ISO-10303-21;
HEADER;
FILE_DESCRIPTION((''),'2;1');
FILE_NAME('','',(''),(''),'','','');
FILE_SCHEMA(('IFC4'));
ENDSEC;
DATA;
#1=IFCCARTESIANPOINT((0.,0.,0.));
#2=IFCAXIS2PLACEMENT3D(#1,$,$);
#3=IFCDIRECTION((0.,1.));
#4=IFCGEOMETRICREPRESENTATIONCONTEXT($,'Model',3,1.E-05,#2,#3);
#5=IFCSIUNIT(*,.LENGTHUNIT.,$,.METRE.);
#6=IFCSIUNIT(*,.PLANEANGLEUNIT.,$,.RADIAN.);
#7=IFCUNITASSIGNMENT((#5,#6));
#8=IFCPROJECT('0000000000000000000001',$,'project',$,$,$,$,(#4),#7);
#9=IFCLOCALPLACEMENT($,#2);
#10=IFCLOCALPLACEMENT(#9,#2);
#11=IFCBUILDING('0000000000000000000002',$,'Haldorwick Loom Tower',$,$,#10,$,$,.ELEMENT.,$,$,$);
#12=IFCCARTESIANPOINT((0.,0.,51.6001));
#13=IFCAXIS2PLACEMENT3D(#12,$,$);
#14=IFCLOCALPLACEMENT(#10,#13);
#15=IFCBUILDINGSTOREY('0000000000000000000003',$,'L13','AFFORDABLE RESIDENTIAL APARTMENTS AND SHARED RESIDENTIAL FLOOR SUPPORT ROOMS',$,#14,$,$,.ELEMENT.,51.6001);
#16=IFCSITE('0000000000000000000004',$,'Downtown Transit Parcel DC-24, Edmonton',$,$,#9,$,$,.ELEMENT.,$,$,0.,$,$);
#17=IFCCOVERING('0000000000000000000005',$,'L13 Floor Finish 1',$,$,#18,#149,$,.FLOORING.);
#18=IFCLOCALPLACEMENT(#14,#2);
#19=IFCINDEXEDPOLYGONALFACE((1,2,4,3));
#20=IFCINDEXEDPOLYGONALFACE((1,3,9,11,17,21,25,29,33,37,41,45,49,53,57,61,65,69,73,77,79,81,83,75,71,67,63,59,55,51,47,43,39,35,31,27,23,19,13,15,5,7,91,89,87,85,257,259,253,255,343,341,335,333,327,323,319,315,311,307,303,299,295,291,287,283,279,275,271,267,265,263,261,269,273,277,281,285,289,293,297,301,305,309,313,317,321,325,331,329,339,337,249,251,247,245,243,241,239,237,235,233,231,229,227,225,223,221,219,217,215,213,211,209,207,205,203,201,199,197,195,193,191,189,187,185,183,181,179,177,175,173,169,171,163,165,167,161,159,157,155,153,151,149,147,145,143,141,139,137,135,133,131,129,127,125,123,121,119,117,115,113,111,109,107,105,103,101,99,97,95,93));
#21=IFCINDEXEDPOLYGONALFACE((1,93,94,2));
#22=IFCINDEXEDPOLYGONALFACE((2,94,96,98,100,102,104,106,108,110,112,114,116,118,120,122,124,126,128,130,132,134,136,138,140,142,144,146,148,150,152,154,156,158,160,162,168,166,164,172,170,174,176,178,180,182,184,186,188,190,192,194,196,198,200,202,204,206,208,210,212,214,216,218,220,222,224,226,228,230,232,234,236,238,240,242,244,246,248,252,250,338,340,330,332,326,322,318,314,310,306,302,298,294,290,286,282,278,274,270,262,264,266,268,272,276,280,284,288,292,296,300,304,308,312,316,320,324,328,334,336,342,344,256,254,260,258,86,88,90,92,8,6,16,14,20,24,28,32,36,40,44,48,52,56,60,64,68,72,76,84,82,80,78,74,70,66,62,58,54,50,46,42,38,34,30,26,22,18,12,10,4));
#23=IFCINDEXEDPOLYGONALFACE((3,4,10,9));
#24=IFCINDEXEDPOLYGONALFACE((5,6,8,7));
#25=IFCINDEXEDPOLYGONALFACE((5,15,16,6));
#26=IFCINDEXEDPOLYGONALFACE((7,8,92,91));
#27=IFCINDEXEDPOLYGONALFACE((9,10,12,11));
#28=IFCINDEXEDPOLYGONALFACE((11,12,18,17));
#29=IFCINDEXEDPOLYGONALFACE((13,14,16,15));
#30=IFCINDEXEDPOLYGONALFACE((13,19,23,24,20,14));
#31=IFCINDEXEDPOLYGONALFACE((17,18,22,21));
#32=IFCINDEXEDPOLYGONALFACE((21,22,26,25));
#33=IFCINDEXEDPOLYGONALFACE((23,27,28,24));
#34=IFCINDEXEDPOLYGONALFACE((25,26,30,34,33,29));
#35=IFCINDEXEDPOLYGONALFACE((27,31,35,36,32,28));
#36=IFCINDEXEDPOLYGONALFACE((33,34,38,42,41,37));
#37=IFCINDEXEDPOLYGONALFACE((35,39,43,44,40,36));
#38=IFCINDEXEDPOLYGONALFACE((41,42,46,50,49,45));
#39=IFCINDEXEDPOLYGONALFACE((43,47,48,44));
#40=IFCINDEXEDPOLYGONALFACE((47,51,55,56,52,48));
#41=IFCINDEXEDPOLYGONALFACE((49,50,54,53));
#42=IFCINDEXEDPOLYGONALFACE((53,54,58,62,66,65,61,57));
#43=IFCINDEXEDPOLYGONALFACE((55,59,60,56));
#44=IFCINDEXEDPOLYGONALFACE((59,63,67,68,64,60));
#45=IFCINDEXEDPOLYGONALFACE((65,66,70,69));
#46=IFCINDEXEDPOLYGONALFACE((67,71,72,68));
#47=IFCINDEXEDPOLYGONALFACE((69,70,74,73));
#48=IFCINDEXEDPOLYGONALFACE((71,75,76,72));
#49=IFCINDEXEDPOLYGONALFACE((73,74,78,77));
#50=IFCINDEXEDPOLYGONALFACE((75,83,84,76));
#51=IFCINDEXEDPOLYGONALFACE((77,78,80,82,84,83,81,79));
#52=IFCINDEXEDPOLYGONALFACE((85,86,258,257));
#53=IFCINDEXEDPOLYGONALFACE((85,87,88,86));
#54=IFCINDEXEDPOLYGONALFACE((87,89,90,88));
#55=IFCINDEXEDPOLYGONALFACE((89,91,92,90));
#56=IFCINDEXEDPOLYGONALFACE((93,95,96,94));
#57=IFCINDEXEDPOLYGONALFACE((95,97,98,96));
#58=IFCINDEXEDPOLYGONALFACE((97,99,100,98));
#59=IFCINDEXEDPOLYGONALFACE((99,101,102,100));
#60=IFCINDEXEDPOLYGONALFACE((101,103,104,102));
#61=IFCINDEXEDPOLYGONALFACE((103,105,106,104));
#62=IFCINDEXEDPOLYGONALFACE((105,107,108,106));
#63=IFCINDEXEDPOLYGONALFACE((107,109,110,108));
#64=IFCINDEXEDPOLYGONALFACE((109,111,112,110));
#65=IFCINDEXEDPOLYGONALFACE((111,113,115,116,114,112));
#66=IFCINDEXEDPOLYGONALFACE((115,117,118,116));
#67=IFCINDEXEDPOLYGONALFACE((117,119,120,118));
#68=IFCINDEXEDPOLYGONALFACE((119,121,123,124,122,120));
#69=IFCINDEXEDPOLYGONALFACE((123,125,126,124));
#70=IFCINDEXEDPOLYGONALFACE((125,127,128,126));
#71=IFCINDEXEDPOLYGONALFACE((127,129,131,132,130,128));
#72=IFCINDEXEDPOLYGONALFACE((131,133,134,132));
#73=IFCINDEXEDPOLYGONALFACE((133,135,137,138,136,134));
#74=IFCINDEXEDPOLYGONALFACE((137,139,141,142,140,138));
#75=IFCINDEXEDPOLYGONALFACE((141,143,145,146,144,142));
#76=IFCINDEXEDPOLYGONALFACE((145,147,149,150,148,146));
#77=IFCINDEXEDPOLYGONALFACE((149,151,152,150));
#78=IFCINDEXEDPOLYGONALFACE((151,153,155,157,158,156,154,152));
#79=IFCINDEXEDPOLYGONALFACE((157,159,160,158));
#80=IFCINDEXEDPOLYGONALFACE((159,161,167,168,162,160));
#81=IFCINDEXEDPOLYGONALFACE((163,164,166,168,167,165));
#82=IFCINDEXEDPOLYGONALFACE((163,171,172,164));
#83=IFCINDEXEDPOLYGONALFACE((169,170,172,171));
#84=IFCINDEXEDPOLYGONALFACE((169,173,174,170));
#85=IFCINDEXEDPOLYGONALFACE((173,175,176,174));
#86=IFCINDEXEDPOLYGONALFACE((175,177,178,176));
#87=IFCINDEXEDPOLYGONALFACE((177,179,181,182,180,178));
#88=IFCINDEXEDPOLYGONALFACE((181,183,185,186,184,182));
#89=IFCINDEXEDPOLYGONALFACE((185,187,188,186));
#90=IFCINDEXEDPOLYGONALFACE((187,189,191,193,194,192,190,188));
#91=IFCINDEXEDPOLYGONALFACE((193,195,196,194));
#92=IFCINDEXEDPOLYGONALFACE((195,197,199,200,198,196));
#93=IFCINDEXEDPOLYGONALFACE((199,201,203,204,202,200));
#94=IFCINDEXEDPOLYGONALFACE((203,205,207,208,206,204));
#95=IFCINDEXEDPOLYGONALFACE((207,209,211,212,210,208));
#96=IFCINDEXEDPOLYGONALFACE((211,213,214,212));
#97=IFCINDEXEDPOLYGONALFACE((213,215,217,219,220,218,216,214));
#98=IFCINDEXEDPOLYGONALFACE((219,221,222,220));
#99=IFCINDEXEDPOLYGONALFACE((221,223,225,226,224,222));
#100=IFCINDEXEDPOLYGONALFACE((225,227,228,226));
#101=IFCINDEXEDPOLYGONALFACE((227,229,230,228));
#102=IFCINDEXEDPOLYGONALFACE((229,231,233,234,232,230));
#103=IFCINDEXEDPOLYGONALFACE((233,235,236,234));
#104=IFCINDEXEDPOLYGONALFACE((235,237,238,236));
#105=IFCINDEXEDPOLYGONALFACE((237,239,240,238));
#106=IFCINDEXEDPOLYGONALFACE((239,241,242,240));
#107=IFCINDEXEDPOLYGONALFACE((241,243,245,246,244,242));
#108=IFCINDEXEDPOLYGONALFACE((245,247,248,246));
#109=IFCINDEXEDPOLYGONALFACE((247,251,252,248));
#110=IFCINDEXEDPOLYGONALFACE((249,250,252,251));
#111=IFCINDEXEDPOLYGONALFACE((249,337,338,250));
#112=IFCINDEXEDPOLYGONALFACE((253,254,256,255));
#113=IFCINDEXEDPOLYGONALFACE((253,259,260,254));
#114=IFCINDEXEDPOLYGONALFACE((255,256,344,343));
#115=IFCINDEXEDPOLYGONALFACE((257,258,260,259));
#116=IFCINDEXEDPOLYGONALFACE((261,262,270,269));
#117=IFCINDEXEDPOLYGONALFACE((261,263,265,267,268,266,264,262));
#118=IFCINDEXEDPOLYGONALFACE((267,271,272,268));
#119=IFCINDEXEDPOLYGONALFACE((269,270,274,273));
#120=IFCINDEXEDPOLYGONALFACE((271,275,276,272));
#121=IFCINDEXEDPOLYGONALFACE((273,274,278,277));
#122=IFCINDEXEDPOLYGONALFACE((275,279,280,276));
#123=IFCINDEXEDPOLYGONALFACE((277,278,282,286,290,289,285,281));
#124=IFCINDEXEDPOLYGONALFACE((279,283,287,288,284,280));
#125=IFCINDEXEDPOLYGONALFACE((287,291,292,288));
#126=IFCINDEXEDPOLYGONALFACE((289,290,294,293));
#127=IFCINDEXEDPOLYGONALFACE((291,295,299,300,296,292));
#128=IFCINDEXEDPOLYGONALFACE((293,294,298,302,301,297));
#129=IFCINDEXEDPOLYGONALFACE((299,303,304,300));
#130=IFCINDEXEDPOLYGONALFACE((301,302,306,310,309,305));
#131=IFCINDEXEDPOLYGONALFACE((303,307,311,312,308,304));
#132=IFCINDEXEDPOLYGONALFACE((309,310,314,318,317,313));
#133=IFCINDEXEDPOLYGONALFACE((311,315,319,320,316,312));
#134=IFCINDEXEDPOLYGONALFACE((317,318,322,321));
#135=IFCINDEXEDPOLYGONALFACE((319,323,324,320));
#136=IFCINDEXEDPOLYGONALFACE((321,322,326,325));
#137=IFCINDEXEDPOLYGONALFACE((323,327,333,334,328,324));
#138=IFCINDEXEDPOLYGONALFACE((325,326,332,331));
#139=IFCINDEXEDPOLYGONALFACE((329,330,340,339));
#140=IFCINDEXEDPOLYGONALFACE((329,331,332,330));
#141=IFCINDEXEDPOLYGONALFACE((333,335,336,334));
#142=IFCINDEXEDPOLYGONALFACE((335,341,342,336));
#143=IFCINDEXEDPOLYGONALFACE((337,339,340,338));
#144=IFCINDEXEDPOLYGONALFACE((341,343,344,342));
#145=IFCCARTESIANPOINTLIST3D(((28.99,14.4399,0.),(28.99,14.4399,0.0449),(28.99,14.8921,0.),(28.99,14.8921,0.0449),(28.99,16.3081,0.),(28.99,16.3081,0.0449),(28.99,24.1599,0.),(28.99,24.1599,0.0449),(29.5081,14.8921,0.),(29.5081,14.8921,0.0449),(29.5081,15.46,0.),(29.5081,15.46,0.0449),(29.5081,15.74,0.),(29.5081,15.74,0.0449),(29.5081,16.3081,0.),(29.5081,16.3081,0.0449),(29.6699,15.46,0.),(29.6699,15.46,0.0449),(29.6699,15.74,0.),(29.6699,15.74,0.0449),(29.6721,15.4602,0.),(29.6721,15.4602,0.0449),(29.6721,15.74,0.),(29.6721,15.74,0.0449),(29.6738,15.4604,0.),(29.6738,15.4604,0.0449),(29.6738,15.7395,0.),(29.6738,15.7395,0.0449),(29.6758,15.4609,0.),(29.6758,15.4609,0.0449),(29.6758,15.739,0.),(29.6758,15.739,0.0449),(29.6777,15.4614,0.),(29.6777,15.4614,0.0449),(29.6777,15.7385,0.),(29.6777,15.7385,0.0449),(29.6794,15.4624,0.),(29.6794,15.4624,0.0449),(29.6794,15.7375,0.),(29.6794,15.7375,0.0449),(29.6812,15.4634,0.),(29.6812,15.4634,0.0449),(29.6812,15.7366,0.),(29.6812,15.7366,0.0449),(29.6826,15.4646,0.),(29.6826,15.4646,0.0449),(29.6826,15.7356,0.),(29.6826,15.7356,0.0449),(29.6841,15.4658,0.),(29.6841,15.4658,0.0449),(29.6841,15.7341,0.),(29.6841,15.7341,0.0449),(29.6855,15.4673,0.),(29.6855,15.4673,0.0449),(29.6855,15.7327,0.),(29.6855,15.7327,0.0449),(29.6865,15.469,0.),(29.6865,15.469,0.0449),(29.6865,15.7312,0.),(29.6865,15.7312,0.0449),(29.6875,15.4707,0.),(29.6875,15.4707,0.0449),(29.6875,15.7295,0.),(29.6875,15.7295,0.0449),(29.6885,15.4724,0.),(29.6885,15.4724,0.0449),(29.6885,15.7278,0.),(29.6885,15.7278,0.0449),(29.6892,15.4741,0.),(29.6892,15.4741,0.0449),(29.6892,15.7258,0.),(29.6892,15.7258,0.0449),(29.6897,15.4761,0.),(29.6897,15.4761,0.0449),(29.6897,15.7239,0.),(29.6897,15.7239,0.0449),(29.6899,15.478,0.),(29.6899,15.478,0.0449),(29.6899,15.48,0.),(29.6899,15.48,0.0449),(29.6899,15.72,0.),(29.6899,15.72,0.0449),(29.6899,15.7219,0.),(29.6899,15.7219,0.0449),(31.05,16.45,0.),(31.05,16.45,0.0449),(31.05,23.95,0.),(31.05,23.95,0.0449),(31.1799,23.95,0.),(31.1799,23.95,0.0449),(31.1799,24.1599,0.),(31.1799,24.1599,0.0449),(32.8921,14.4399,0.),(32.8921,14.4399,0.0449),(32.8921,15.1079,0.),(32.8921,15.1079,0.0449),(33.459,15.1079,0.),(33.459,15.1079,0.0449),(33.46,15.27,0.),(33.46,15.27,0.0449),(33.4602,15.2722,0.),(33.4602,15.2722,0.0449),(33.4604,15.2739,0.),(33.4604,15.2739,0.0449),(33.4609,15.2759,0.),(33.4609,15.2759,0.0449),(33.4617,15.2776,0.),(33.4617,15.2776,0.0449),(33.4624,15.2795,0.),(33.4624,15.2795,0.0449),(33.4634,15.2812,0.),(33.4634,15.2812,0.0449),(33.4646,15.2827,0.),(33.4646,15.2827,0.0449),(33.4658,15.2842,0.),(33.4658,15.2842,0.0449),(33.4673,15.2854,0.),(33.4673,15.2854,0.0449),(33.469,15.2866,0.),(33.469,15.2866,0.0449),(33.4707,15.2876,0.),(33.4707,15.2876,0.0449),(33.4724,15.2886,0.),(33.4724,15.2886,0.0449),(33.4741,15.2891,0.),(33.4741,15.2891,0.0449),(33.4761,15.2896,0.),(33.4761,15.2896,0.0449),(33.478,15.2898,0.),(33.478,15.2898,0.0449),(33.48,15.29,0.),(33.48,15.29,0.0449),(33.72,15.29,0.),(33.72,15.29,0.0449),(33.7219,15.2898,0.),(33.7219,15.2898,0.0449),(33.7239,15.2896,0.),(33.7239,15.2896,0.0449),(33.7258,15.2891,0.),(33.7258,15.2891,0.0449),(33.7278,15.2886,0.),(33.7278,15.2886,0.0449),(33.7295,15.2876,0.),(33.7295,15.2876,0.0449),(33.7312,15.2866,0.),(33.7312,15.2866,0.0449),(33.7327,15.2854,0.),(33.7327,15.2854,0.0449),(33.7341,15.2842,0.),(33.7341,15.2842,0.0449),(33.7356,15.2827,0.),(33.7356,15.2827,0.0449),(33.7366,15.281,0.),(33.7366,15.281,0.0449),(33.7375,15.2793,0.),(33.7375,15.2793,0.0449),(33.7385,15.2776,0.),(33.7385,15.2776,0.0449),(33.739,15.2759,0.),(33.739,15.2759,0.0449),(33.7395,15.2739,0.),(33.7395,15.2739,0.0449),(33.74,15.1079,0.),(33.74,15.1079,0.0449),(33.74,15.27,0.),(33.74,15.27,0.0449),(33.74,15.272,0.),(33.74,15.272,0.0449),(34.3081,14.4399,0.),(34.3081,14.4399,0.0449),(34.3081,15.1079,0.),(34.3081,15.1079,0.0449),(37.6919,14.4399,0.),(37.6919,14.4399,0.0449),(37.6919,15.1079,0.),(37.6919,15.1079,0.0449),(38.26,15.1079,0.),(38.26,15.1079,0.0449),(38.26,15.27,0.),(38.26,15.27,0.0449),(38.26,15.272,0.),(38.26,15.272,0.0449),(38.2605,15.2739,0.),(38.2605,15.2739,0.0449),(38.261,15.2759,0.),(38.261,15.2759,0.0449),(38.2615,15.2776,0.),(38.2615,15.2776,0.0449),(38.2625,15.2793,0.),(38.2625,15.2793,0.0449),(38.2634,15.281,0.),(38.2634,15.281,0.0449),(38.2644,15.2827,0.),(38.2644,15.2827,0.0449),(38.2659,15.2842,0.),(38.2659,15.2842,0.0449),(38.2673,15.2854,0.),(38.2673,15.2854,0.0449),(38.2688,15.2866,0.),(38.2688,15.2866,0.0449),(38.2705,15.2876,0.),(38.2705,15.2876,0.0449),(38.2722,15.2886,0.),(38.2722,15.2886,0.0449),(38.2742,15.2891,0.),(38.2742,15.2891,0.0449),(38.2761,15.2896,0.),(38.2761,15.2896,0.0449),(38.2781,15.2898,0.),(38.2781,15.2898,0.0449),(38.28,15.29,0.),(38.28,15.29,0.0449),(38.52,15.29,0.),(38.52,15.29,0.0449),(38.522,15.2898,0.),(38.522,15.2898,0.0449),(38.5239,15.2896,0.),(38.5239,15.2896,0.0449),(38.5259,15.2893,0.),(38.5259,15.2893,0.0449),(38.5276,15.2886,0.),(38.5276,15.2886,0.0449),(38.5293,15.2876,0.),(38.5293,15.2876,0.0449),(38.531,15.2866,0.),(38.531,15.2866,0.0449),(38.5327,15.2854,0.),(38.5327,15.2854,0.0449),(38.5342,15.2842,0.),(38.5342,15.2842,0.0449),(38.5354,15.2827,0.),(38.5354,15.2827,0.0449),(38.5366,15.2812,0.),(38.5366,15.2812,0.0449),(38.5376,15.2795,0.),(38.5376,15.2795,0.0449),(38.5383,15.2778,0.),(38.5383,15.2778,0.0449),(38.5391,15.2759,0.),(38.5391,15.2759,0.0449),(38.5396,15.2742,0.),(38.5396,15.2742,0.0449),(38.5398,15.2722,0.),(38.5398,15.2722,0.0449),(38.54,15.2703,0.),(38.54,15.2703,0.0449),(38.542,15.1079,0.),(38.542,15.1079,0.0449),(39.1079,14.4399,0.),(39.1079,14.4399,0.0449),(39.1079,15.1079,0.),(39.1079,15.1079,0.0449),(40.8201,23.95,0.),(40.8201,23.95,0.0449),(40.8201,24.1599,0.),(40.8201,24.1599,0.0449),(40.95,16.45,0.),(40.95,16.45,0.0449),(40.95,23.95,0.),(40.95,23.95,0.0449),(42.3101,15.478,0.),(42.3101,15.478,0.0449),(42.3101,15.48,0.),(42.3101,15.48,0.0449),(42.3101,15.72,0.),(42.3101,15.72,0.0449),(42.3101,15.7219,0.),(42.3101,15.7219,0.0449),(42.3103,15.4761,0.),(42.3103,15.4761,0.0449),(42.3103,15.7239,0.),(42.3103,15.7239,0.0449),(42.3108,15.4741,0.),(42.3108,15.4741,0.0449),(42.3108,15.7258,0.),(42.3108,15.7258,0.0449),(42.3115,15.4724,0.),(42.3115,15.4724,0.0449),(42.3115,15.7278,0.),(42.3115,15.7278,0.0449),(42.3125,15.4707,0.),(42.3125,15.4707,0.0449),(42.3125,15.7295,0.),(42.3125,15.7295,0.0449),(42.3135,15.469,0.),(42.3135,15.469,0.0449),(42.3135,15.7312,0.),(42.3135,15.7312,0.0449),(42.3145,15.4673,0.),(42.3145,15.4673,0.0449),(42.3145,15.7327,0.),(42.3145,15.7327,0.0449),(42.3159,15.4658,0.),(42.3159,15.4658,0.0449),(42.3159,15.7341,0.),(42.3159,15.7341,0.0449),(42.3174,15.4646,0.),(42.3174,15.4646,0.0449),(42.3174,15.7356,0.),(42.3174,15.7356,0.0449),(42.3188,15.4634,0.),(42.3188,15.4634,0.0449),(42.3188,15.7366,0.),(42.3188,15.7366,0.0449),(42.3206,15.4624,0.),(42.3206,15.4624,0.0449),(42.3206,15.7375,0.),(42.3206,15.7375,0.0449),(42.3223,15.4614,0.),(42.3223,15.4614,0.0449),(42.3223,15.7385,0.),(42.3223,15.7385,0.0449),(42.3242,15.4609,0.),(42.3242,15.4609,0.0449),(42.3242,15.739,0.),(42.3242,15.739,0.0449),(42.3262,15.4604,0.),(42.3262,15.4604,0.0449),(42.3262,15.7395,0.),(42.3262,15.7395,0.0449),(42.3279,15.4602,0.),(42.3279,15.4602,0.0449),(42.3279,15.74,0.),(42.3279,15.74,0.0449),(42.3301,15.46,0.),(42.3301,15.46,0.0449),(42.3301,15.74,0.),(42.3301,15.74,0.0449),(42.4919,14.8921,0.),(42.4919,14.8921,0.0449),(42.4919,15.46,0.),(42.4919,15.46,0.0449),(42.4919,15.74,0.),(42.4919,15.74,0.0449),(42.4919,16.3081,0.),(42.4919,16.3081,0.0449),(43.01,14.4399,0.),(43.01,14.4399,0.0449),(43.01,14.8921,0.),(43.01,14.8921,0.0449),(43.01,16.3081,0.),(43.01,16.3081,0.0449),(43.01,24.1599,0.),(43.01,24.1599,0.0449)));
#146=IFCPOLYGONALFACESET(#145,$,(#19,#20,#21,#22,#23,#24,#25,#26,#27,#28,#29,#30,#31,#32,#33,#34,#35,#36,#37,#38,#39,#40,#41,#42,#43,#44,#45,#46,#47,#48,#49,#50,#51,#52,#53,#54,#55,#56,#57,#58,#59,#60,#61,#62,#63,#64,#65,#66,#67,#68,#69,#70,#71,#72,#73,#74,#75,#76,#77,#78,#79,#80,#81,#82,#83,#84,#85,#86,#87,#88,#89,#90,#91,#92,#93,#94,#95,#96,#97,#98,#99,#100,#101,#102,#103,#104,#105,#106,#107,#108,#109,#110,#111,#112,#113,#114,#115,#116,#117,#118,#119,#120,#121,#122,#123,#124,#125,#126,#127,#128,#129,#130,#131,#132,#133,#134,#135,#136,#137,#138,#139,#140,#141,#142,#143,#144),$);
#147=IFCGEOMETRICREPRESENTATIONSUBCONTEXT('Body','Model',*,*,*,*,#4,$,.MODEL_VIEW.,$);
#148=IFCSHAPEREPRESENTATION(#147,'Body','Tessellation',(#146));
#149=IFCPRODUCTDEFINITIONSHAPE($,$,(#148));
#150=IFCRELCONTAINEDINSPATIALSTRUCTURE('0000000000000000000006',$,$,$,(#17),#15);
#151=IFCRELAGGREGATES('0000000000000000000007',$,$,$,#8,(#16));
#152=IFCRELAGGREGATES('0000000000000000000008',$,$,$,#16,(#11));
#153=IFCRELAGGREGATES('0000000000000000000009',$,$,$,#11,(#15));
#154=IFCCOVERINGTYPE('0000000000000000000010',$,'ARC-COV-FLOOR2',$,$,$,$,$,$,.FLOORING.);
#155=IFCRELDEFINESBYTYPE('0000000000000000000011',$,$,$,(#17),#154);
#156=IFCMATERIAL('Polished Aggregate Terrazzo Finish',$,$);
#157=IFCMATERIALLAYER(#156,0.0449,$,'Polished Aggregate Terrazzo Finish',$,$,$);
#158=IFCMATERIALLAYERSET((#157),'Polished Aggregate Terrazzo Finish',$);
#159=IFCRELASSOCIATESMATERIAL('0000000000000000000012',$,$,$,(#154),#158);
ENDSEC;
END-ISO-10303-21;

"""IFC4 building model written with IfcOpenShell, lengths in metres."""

from ifc_helpers import new_model, si_unit, direction, frame, origin, place, context, subcontext, project, spatial, polyline, outline, extrude, material, layer, layer_set, type_object, element, save


model = new_model("IFC4")

# Units and contexts
model_context = context("Model", 3, precision=1e-05, world=origin(), true_north=direction((0.0, 1.0)))
body_context = subcontext(model_context, "Body", "Model", "MODEL_VIEW")
ifc_project = project(units=[si_unit("LENGTHUNIT", "METRE"), si_unit("PLANEANGLEUNIT", "RADIAN")], contexts=[model_context])

# Site, building, storey
site_placement = place(None, origin())
site = spatial("IfcSite", under=ifc_project, at=site_placement, Name="Downtown Transit Parcel DC-24, Edmonton", CompositionType="ELEMENT", RefElevation=0.0)
building_placement = place(site_placement, origin())
building = spatial("IfcBuilding", under=site, at=building_placement, Name="Haldorwick Loom Tower", CompositionType="ELEMENT")
storey_placement = place(building_placement, frame((0.0, 0.0, 51.6001)))
storey = spatial("IfcBuildingStorey", under=building, at=storey_placement, Name="L13", Description="AFFORDABLE RESIDENTIAL APARTMENTS AND SHARED RESIDENTIAL FLOOR SUPPORT ROOMS", CompositionType="ELEMENT", Elevation=51.6001)

# Covering
ifc_material_1 = material(Name="Polished Aggregate Terrazzo Finish")
ifc_layer_1 = layer(ifc_material_1, 0.0449, Name="Polished Aggregate Terrazzo Finish")
ifc_layer_set_1 = layer_set([ifc_layer_1], Name="Polished Aggregate Terrazzo Finish")
covering_type_1 = type_object("IfcCoveringType", Name="ARC-COV-FLOOR2", PredefinedType="FLOORING", material=ifc_layer_set_1)
covering_1_placement = place(storey_placement, origin())
element("IfcCovering", 1, at=covering_1_placement, inside=storey, type_object=covering_type_1, Name="L13 Floor Finish 1", PredefinedType="FLOORING", context=body_context, shape_type="SweptSolid", body=[
    extrude(outline(polyline([(37.6919, 14.4399), (37.6919, 15.1079), (38.26, 15.1079), (38.26, 15.27), (38.26, 15.272), (38.2605, 15.2739), (38.261, 15.2759), (38.2615, 15.2776), (38.2625, 15.2793), (38.2634, 15.281), (38.2644, 15.2827), (38.2659, 15.2842), (38.2673, 15.2854), (38.2688, 15.2866), (38.2705, 15.2876), (38.2722, 15.2886), (38.2742, 15.2891), (38.2761, 15.2896), (38.2781, 15.2898), (38.28, 15.29), (38.52, 15.29), (38.522, 15.2898), (38.5239, 15.2896), (38.5259, 15.2893), (38.5276, 15.2886), (38.5293, 15.2876), (38.531, 15.2866), (38.5327, 15.2854), (38.5342, 15.2842), (38.5354, 15.2827), (38.5366, 15.2812), (38.5376, 15.2795), (38.5383, 15.2778), (38.5391, 15.2759), (38.5396, 15.2742), (38.5398, 15.2722), (38.54, 15.2703), (38.542, 15.1079), (39.1079, 15.1079), (39.1079, 14.4399), (43.01, 14.4399), (43.01, 14.8921), (42.4919, 14.8921), (42.4919, 15.46), (42.3301, 15.46), (42.3279, 15.4602), (42.3262, 15.4604), (42.3242, 15.4609), (42.3223, 15.4614), (42.3206, 15.4624), (42.3188, 15.4634), (42.3174, 15.4646), (42.3159, 15.4658), (42.3145, 15.4673), (42.3135, 15.469), (42.3125, 15.4707), (42.3115, 15.4724), (42.3108, 15.4741), (42.3103, 15.4761), (42.3101, 15.478), (42.3101, 15.48), (42.3101, 15.72), (42.3101, 15.7219), (42.3103, 15.7239), (42.3108, 15.7258), (42.3115, 15.7278), (42.3125, 15.7295), (42.3135, 15.7312), (42.3145, 15.7327), (42.3159, 15.7341), (42.3174, 15.7356), (42.3188, 15.7366), (42.3206, 15.7375), (42.3223, 15.7385), (42.3242, 15.739), (42.3262, 15.7395), (42.3279, 15.74), (42.3301, 15.74), (42.4919, 15.74), (42.4919, 16.3081), (43.01, 16.3081), (43.01, 24.1599), (40.8201, 24.1599), (40.8201, 23.95), (40.95, 23.95), (40.95, 16.45), (31.05, 16.45), (31.05, 23.95), (31.1799, 23.95), (31.1799, 24.1599), (28.99, 24.1599), (28.99, 16.3081), (29.5081, 16.3081), (29.5081, 15.74), (29.6699, 15.74), (29.6721, 15.74), (29.6738, 15.7395), (29.6758, 15.739), (29.6777, 15.7385), (29.6794, 15.7375), (29.6812, 15.7366), (29.6826, 15.7356), (29.6841, 15.7341), (29.6855, 15.7327), (29.6865, 15.7312), (29.6875, 15.7295), (29.6885, 15.7278), (29.6892, 15.7258), (29.6897, 15.7239), (29.6899, 15.7219), (29.6899, 15.72), (29.6899, 15.48), (29.6899, 15.478), (29.6897, 15.4761), (29.6892, 15.4741), (29.6885, 15.4724), (29.6875, 15.4707), (29.6865, 15.469), (29.6855, 15.4673), (29.6841, 15.4658), (29.6826, 15.4646), (29.6812, 15.4634), (29.6794, 15.4624), (29.6777, 15.4614), (29.6758, 15.4609), (29.6738, 15.4604), (29.6721, 15.4602), (29.6699, 15.46), (29.5081, 15.46), (29.5081, 14.8921), (28.99, 14.8921), (28.99, 14.4399), (32.8921, 14.4399), (32.8921, 15.1079), (33.459, 15.1079), (33.46, 15.27), (33.4602, 15.2722), (33.4604, 15.2739), (33.4609, 15.2759), (33.4617, 15.2776), (33.4624, 15.2795), (33.4634, 15.2812), (33.4646, 15.2827), (33.4658, 15.2842), (33.4673, 15.2854), (33.469, 15.2866), (33.4707, 15.2876), (33.4724, 15.2886), (33.4741, 15.2891), (33.4761, 15.2896), (33.478, 15.2898), (33.48, 15.29), (33.72, 15.29), (33.7219, 15.2898), (33.7239, 15.2896), (33.7258, 15.2891), (33.7278, 15.2886), (33.7295, 15.2876), (33.7312, 15.2866), (33.7327, 15.2854), (33.7341, 15.2842), (33.7356, 15.2827), (33.7366, 15.281), (33.7375, 15.2793), (33.7385, 15.2776), (33.739, 15.2759), (33.7395, 15.2739), (33.74, 15.272), (33.74, 15.27), (33.74, 15.1079), (34.3081, 15.1079), (34.3081, 14.4399), (37.6919, 14.4399)])), origin(), (0.0, 0.0, 1.0), 0.0449),
])

save(model, "model.ifc")
